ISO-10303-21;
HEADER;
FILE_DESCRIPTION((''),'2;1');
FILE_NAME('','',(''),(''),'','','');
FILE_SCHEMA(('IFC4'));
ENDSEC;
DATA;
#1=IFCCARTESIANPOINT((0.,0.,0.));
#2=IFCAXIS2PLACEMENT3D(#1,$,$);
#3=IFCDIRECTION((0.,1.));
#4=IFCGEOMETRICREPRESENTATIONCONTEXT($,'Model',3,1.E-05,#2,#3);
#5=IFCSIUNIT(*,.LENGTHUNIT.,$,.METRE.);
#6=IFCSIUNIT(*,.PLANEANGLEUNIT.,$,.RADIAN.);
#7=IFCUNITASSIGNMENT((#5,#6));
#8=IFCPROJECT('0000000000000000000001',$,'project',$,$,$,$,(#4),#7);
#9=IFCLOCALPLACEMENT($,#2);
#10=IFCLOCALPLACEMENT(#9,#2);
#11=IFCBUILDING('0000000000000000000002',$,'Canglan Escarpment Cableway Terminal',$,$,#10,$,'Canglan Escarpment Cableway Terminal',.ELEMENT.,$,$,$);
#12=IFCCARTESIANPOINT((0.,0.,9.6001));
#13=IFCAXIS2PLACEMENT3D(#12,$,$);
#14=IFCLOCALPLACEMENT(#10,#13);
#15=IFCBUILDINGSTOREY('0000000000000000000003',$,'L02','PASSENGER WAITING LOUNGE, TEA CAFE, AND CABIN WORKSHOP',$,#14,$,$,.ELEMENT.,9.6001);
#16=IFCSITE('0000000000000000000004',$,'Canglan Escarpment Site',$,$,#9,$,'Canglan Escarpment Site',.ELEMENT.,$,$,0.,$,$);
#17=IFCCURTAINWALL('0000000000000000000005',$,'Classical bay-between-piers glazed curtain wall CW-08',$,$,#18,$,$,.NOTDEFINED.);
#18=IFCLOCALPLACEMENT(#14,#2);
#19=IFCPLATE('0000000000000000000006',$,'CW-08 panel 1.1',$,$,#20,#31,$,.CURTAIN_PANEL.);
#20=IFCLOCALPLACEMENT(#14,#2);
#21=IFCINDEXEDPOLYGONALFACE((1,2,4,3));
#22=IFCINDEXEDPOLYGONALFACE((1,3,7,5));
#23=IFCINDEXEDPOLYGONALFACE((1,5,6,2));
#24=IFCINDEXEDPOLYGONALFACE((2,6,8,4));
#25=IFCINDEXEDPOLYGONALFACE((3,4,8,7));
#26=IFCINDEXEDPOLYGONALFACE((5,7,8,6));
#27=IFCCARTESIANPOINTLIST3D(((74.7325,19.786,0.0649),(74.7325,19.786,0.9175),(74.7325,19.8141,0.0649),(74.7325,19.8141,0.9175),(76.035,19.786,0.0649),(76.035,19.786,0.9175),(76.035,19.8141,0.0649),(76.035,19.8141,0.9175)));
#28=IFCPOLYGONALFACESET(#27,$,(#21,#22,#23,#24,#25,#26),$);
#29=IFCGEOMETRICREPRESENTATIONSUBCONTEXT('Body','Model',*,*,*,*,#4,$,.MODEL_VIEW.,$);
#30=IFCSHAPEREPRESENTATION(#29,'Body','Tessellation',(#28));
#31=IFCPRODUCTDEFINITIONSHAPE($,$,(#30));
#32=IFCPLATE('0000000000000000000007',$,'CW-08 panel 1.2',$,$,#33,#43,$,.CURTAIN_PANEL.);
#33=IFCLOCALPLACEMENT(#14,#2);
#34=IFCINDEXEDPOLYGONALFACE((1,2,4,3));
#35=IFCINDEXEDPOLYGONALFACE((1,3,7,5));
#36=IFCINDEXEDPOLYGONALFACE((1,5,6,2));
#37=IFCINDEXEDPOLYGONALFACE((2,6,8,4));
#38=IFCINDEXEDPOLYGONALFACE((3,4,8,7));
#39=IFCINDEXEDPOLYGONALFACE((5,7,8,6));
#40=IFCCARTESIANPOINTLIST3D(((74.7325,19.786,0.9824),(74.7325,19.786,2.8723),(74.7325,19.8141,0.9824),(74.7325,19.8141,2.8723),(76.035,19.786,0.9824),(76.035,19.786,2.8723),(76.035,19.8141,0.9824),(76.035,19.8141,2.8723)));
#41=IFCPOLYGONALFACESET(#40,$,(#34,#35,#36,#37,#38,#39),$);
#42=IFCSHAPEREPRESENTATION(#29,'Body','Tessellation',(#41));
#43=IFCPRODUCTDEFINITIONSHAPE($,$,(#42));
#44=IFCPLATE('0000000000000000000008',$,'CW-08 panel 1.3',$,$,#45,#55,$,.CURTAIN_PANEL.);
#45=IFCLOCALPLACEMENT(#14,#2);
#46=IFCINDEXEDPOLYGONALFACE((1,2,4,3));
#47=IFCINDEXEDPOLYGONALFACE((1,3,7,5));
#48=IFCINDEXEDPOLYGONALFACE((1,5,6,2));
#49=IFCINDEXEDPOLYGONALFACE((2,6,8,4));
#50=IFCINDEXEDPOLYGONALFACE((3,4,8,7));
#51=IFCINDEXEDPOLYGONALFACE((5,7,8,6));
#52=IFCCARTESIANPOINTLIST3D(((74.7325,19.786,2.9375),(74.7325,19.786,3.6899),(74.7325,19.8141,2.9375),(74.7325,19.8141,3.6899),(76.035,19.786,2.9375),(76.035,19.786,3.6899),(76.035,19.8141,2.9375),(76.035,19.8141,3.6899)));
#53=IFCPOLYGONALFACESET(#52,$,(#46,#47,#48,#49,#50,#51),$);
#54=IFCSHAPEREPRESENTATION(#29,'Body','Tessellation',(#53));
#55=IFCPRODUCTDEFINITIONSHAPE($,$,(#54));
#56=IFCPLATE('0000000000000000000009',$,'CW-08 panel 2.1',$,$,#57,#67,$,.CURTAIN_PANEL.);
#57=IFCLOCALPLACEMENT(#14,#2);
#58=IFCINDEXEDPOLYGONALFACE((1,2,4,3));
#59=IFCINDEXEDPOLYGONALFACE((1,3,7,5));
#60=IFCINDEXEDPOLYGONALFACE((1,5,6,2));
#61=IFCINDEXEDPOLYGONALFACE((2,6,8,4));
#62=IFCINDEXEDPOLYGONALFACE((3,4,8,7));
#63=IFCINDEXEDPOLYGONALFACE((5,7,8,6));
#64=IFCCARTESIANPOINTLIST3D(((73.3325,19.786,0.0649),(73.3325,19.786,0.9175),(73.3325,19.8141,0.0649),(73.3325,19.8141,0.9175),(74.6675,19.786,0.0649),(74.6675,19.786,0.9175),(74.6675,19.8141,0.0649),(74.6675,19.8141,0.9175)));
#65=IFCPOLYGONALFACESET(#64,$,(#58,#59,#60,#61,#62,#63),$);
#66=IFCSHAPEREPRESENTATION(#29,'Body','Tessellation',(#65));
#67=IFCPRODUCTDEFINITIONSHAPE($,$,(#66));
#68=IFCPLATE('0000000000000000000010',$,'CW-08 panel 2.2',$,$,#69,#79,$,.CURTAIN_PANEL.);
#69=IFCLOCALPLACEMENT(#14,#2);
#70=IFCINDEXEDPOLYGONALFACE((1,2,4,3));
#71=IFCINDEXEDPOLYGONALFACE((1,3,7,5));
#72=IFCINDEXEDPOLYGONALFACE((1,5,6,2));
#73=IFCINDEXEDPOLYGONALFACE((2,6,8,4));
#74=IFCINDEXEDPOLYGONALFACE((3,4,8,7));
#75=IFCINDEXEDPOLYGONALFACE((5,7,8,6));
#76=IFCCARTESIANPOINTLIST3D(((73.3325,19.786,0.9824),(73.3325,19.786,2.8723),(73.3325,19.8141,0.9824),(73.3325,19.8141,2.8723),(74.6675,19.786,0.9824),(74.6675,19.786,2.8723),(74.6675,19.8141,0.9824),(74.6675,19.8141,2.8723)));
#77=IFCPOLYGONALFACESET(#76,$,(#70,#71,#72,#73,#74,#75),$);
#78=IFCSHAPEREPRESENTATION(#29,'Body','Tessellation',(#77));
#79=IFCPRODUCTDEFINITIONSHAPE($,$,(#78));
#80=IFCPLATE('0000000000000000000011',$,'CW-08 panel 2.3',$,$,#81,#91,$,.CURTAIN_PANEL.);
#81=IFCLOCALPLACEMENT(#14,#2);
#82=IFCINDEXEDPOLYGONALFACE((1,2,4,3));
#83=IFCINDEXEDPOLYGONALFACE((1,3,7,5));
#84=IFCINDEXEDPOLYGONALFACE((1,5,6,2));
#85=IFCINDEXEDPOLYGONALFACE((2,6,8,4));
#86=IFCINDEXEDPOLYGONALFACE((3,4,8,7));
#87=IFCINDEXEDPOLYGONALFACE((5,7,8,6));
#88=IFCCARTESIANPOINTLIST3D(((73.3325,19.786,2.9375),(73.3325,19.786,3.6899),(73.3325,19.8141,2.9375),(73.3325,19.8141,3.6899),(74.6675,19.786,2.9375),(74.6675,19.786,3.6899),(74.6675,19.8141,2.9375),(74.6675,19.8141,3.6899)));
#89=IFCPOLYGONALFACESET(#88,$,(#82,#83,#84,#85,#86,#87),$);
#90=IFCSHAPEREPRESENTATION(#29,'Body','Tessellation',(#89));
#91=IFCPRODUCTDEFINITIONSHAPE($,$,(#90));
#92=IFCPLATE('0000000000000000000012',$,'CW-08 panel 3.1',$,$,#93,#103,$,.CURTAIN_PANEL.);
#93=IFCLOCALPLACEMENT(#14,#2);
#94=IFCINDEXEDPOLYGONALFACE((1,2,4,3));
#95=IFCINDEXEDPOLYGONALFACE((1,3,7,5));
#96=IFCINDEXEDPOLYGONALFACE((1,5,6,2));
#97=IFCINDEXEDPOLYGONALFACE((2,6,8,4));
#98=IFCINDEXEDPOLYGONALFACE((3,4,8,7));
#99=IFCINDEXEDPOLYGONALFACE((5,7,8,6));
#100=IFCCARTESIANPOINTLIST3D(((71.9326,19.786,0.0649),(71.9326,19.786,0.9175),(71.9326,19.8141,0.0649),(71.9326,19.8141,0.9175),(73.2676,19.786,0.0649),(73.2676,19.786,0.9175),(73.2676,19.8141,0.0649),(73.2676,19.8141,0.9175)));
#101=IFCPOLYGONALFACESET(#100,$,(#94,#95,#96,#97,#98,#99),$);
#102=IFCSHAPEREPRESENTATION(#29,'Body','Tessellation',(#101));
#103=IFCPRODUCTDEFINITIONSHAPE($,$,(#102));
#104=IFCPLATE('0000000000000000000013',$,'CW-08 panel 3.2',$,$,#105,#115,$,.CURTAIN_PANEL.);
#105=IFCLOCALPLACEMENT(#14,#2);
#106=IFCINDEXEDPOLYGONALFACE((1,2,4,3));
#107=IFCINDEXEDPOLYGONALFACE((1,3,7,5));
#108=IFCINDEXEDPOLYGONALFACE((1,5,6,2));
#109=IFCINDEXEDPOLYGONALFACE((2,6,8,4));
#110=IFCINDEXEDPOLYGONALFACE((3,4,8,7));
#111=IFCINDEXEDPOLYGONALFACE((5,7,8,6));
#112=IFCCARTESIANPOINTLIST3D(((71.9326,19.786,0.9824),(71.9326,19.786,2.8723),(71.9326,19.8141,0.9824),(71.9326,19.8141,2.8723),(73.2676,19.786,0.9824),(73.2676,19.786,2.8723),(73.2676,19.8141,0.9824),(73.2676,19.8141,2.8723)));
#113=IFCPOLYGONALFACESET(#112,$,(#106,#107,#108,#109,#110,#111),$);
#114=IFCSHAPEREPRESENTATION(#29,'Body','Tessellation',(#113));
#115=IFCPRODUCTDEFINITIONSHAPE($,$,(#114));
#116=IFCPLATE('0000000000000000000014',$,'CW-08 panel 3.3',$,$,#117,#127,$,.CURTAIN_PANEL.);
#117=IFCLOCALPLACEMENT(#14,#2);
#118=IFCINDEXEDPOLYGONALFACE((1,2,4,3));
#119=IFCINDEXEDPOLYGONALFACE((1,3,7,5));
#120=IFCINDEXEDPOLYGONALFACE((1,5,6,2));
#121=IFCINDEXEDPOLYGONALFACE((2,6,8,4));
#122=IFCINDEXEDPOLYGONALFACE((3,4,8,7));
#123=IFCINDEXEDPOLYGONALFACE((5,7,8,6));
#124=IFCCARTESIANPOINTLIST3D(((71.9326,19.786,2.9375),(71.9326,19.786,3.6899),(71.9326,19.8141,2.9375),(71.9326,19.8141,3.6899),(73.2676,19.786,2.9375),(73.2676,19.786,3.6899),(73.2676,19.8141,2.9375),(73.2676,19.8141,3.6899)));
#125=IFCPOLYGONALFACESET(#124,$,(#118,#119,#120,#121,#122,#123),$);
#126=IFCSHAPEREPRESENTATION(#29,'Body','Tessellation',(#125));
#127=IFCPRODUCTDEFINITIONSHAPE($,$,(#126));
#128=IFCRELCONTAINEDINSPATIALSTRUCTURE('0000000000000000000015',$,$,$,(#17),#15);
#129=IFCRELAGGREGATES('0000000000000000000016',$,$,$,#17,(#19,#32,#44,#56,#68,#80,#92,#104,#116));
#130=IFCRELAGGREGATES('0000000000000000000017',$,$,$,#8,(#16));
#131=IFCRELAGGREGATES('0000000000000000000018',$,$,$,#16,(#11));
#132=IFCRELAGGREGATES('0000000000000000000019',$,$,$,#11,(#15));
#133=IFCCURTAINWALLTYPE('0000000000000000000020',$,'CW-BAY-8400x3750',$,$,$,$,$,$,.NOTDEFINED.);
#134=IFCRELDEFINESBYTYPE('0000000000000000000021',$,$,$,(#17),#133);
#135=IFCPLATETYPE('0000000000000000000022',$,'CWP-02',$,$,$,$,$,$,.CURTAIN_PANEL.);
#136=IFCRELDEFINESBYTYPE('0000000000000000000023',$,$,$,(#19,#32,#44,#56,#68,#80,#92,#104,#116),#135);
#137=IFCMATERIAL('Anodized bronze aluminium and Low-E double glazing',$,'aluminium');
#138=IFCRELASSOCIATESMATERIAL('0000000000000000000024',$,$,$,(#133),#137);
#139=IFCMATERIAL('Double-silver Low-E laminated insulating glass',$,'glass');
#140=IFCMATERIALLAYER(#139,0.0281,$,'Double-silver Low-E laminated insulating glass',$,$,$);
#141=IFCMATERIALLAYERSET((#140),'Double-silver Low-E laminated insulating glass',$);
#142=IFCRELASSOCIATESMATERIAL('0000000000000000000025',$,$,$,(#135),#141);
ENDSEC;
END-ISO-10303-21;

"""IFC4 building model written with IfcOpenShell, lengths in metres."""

from ifc_helpers import new_model, si_unit, direction, frame, origin, origin_2d, place, context, subcontext, project, spatial, rectangle, extrude, material, layer, layer_set, type_object, element, aggregate, save


model = new_model("IFC4")

# Units and contexts
model_context = context("Model", 3, precision=1e-05, world=origin(), true_north=direction((0.0, 1.0)))
body_context = subcontext(model_context, "Body", "Model", "MODEL_VIEW")
ifc_project = project(units=[si_unit("LENGTHUNIT", "METRE"), si_unit("PLANEANGLEUNIT", "RADIAN")], contexts=[model_context])

# Site, building, storey
site_placement = place(None, origin())
site = spatial("IfcSite", under=ifc_project, at=site_placement, Name="Canglan Escarpment Site", LongName="Canglan Escarpment Site", CompositionType="ELEMENT", RefElevation=0.0)
building_placement = place(site_placement, origin())
building = spatial("IfcBuilding", under=site, at=building_placement, Name="Canglan Escarpment Cableway Terminal", LongName="Canglan Escarpment Cableway Terminal", CompositionType="ELEMENT")
storey_placement = place(building_placement, frame((0.0, 0.0, 9.6001)))
storey = spatial("IfcBuildingStorey", under=building, at=storey_placement, Name="L02", Description="PASSENGER WAITING LOUNGE, TEA CAFE, AND CABIN WORKSHOP", CompositionType="ELEMENT", Elevation=9.6001)

# Curtain wall
ifc_material_1 = material(Name="Anodized bronze aluminium and Low-E double glazing", Category="aluminium")
curtain_wall_type = type_object("IfcCurtainWallType", Name="CW-BAY-8400x3750", PredefinedType="NOTDEFINED", material=ifc_material_1)
curtain_wall_placement = place(storey_placement, origin())
curtain_wall = element("IfcCurtainWall", 1, at=curtain_wall_placement, inside=storey, type_object=curtain_wall_type, Name="Classical bay-between-piers glazed curtain wall CW-08", PredefinedType="NOTDEFINED")

# Plates
ifc_material_2 = material(Name="Double-silver Low-E laminated insulating glass", Category="glass")
ifc_layer = layer(ifc_material_2, 0.0281, Name="Double-silver Low-E laminated insulating glass")
ifc_layer_set = layer_set([ifc_layer], Name="Double-silver Low-E laminated insulating glass")
plate_type = type_object("IfcPlateType", Name="CWP-02", PredefinedType="CURTAIN_PANEL", material=ifc_layer_set)
plate_1_placement = place(storey_placement, frame((75.3838, 19.8, 0.0649), z_axis=(0.0, 0.0, 1.0), x_axis=(-1.0, 0.0, 0.0)))
plate_1 = element("IfcPlate", 2, at=plate_1_placement, type_object=plate_type, Name="CW-08 panel 1.1", PredefinedType="CURTAIN_PANEL", context=body_context, shape_type="SweptSolid", body=[
    extrude(rectangle(XDim=1.3025, YDim=0.0281, at=origin_2d()), origin(), (0.0, 0.0, 1.0), 0.8525),
])
plate_2_placement = place(storey_placement, frame((75.3838, 19.8, 0.9824), z_axis=(0.0, 0.0, 1.0), x_axis=(-1.0, 0.0, 0.0)))
plate_2 = element("IfcPlate", 3, at=plate_2_placement, type_object=plate_type, Name="CW-08 panel 1.2", PredefinedType="CURTAIN_PANEL", context=body_context, shape_type="SweptSolid", body=[
    extrude(rectangle(XDim=1.3025, YDim=0.0281, at=origin_2d()), origin(), (0.0, 0.0, 1.0), 1.8899),
])
plate_3_placement = place(storey_placement, frame((75.3838, 19.8, 2.9375), z_axis=(0.0, 0.0, 1.0), x_axis=(-1.0, 0.0, 0.0)))
plate_3 = element("IfcPlate", 4, at=plate_3_placement, type_object=plate_type, Name="CW-08 panel 1.3", PredefinedType="CURTAIN_PANEL", context=body_context, shape_type="SweptSolid", body=[
    extrude(rectangle(XDim=1.3025, YDim=0.0281, at=origin_2d()), origin(), (0.0, 0.0, 1.0), 0.7524),
])
plate_4_placement = place(storey_placement, frame((74.0, 19.8, 0.0649), z_axis=(0.0, 0.0, 1.0), x_axis=(-1.0, 0.0, 0.0)))
plate_4 = element("IfcPlate", 5, at=plate_4_placement, type_object=plate_type, Name="CW-08 panel 2.1", PredefinedType="CURTAIN_PANEL", context=body_context, shape_type="SweptSolid", body=[
    extrude(rectangle(XDim=1.335, YDim=0.0281, at=origin_2d()), origin(), (0.0, 0.0, 1.0), 0.8525),
])
plate_5_placement = place(storey_placement, frame((74.0, 19.8, 0.9824), z_axis=(0.0, 0.0, 1.0), x_axis=(-1.0, 0.0, 0.0)))
plate_5 = element("IfcPlate", 6, at=plate_5_placement, type_object=plate_type, Name="CW-08 panel 2.2", PredefinedType="CURTAIN_PANEL", context=body_context, shape_type="SweptSolid", body=[
    extrude(rectangle(XDim=1.335, YDim=0.0281, at=origin_2d()), origin(), (0.0, 0.0, 1.0), 1.8899),
])
plate_6_placement = place(storey_placement, frame((74.0, 19.8, 2.9375), z_axis=(0.0, 0.0, 1.0), x_axis=(-1.0, 0.0, 0.0)))
plate_6 = element("IfcPlate", 7, at=plate_6_placement, type_object=plate_type, Name="CW-08 panel 2.3", PredefinedType="CURTAIN_PANEL", context=body_context, shape_type="SweptSolid", body=[
    extrude(rectangle(XDim=1.335, YDim=0.0281, at=origin_2d()), origin(), (0.0, 0.0, 1.0), 0.7524),
])
plate_7_placement = place(storey_placement, frame((72.6001, 19.8, 0.0649), z_axis=(0.0, 0.0, 1.0), x_axis=(-1.0, 0.0, 0.0)))
plate_7 = element("IfcPlate", 8, at=plate_7_placement, type_object=plate_type, Name="CW-08 panel 3.1", PredefinedType="CURTAIN_PANEL", context=body_context, shape_type="SweptSolid", body=[
    extrude(rectangle(XDim=1.335, YDim=0.0281, at=origin_2d()), origin(), (0.0, 0.0, 1.0), 0.8525),
])
plate_8_placement = place(storey_placement, frame((72.6001, 19.8, 0.9824), z_axis=(0.0, 0.0, 1.0), x_axis=(-1.0, 0.0, 0.0)))
plate_8 = element("IfcPlate", 9, at=plate_8_placement, type_object=plate_type, Name="CW-08 panel 3.2", PredefinedType="CURTAIN_PANEL", context=body_context, shape_type="SweptSolid", body=[
    extrude(rectangle(XDim=1.335, YDim=0.0281, at=origin_2d()), origin(), (0.0, 0.0, 1.0), 1.8899),
])
plate_9_placement = place(storey_placement, frame((72.6001, 19.8, 2.9375), z_axis=(0.0, 0.0, 1.0), x_axis=(-1.0, 0.0, 0.0)))
plate_9 = element("IfcPlate", 10, at=plate_9_placement, type_object=plate_type, Name="CW-08 panel 3.3", PredefinedType="CURTAIN_PANEL", context=body_context, shape_type="SweptSolid", body=[
    extrude(rectangle(XDim=1.335, YDim=0.0281, at=origin_2d()), origin(), (0.0, 0.0, 1.0), 0.7524),
])
aggregate(curtain_wall, [plate_1, plate_2, plate_3, plate_4, plate_5, plate_6, plate_7, plate_8, plate_9])

save(model, "model.ifc")
